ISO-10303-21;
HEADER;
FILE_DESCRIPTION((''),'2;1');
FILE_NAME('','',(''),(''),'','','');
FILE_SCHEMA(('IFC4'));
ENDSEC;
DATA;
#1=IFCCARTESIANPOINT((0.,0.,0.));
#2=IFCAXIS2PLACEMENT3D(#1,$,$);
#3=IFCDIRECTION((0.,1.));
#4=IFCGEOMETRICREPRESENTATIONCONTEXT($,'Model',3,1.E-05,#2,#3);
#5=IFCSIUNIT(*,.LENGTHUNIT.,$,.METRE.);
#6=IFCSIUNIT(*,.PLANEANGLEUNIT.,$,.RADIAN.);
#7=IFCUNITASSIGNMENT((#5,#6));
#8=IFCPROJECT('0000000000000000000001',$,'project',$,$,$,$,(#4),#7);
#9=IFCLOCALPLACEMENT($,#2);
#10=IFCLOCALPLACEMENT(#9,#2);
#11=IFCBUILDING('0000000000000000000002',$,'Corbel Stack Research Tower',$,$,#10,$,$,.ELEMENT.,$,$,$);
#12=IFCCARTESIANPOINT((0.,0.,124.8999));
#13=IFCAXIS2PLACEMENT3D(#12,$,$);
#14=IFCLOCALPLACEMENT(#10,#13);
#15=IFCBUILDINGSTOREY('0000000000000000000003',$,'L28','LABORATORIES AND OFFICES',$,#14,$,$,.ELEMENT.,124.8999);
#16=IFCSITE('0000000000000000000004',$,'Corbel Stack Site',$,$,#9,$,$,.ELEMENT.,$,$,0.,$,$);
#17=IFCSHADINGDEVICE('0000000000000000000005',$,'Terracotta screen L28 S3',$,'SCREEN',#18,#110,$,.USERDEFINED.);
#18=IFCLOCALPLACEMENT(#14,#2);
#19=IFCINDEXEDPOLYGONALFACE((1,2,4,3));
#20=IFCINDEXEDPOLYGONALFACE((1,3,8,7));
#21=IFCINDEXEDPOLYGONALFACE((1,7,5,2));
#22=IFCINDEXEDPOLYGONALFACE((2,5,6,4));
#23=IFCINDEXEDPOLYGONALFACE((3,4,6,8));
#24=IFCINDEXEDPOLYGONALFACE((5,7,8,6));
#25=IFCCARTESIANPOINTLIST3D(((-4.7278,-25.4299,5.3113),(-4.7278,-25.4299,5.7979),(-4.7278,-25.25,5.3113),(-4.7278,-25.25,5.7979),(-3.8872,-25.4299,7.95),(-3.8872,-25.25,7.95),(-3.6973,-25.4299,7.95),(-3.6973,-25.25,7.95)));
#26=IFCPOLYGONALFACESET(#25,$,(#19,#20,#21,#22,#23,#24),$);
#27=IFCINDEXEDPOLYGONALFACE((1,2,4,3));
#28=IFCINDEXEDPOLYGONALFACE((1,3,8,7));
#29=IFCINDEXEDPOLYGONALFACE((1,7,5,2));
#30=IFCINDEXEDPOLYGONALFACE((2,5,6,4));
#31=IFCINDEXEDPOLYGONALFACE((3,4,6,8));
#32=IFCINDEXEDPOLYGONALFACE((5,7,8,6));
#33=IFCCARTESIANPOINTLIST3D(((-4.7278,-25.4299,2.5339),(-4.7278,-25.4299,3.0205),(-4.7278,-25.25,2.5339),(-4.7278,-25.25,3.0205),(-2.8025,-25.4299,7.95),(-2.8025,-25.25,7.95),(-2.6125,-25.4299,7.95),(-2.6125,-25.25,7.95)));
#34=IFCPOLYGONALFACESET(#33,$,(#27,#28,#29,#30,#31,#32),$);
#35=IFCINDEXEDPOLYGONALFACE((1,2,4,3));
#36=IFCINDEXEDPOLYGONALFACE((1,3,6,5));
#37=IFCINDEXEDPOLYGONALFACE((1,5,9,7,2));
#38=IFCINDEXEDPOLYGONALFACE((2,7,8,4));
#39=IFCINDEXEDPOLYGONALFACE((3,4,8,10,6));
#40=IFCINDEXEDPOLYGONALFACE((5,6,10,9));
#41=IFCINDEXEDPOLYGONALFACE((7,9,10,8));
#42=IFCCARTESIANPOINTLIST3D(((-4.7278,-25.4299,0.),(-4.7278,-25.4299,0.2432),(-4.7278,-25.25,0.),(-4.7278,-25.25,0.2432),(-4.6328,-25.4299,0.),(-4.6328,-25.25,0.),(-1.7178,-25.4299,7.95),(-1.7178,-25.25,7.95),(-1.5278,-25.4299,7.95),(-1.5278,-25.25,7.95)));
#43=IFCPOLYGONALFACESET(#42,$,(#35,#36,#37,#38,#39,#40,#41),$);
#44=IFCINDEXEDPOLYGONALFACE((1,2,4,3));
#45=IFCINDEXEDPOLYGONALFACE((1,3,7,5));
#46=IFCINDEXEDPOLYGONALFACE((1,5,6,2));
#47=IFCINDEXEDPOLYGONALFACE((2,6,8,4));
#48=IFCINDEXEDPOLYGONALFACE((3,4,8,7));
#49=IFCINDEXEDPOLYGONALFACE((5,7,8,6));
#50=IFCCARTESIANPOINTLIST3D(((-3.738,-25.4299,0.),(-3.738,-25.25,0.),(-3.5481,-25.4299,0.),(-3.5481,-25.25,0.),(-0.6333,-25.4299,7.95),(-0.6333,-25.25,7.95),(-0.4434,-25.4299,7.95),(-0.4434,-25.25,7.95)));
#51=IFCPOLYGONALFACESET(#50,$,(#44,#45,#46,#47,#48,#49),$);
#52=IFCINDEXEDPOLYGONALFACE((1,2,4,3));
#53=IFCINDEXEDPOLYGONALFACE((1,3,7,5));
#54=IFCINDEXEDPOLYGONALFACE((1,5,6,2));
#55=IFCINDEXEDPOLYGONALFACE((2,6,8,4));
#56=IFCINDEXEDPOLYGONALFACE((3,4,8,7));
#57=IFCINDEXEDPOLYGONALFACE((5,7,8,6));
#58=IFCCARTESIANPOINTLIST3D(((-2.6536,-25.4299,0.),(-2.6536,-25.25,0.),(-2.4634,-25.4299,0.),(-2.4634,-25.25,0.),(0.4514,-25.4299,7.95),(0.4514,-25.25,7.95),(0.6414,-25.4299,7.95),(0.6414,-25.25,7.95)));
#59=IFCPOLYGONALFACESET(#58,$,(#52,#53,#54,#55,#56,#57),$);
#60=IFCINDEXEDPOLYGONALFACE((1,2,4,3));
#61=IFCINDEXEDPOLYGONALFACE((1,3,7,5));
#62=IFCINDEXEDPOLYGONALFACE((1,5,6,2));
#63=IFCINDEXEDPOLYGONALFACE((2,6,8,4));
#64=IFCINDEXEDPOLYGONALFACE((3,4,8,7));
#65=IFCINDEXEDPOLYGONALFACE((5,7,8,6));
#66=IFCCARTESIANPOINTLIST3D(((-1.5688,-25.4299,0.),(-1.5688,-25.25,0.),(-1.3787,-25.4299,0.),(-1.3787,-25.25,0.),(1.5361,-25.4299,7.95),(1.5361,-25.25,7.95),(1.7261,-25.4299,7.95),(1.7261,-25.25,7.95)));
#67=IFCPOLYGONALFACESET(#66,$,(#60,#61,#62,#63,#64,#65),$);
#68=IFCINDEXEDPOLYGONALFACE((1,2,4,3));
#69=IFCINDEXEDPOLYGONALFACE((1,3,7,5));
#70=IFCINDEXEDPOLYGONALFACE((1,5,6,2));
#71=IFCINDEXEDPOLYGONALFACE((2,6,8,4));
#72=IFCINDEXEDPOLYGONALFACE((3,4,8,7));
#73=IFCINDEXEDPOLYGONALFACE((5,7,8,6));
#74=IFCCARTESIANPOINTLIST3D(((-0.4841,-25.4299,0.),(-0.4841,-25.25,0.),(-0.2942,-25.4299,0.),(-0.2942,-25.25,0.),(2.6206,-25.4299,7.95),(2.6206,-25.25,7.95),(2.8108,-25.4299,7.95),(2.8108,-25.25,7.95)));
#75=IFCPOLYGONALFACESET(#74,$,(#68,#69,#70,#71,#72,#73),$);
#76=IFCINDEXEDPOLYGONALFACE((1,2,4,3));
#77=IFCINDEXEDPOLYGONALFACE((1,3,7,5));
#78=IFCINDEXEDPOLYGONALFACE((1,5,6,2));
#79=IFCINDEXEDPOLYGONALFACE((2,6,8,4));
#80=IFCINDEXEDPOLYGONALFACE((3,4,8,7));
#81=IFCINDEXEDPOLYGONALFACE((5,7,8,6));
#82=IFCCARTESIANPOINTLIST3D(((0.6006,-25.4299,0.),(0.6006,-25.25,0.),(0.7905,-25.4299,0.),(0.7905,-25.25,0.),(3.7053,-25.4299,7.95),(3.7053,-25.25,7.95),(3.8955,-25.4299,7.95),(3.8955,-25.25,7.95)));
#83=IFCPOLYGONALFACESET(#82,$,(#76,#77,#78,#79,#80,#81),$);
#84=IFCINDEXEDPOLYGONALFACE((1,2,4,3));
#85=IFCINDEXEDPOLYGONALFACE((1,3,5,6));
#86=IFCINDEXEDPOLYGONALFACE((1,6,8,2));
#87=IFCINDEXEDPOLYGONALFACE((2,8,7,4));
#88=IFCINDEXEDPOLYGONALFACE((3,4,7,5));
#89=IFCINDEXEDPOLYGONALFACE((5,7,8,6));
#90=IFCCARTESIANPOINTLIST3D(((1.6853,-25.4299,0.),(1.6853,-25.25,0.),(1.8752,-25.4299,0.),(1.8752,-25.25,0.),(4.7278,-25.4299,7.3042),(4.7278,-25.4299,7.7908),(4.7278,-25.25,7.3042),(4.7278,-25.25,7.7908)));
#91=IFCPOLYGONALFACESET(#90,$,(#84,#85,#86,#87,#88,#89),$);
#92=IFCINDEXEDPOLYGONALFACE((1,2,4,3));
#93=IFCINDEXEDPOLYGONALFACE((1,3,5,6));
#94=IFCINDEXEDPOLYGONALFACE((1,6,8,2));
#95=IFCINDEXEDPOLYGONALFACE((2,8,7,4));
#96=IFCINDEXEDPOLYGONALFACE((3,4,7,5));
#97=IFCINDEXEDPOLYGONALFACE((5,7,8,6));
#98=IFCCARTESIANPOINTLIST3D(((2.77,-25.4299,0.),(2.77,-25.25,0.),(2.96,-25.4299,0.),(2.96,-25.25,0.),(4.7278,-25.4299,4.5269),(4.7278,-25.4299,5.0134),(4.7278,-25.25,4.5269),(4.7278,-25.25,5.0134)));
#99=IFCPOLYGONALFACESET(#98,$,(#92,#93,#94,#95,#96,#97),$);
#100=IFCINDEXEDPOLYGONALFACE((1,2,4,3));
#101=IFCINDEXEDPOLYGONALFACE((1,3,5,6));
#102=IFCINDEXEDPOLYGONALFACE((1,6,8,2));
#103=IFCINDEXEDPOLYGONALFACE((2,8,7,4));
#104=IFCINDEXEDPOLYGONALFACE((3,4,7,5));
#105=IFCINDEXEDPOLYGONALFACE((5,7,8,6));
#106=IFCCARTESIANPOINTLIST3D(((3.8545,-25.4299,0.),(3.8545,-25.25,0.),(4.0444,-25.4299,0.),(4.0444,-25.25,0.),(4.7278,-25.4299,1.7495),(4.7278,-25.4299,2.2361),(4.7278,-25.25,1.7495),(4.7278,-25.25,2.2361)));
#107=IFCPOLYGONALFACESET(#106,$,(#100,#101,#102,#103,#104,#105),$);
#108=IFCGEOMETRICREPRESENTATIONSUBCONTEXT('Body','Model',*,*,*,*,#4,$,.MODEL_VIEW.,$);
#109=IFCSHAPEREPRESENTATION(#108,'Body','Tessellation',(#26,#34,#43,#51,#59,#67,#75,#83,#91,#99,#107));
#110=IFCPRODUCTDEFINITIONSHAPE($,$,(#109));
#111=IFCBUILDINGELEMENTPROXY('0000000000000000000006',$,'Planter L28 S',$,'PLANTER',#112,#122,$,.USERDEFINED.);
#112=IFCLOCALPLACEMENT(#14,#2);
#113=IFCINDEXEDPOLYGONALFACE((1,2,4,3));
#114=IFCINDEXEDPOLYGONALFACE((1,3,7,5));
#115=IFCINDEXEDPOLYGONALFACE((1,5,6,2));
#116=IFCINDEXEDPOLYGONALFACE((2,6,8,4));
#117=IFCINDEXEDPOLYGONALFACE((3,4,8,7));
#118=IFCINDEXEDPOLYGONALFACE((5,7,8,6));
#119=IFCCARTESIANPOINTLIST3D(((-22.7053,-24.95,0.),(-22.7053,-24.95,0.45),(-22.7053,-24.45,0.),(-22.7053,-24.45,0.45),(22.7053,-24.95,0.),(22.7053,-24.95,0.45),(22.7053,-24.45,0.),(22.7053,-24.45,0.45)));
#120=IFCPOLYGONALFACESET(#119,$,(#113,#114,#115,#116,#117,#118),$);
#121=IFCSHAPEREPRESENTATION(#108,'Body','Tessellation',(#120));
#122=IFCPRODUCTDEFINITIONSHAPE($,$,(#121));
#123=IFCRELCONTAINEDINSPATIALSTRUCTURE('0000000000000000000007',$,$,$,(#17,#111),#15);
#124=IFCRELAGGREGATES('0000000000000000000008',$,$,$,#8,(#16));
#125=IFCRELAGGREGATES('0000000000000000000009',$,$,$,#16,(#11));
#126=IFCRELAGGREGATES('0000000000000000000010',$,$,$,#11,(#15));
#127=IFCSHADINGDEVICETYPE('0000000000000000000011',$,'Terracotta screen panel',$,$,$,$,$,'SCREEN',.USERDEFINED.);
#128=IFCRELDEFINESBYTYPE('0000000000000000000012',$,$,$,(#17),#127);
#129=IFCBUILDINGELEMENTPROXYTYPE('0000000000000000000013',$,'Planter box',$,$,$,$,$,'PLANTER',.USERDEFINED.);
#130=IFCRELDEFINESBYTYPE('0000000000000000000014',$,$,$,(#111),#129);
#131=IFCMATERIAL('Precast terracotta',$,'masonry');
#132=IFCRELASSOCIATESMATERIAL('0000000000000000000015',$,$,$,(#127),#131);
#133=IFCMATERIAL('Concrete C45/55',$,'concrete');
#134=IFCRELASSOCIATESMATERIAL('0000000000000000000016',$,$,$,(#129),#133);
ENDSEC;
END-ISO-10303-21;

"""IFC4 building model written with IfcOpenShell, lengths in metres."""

from ifc_helpers import new_model, si_unit, direction, frame, origin, origin_2d, place, context, subcontext, project, spatial, polyline, rectangle, outline, extrude, source, transform, mapped, material, type_object, element, save


model = new_model("IFC4")

# Units and contexts
model_context = context("Model", 3, precision=1e-05, world=origin(), true_north=direction((0.0, 1.0)))
body_context = subcontext(model_context, "Body", "Model", "MODEL_VIEW")
ifc_project = project(units=[si_unit("LENGTHUNIT", "METRE"), si_unit("PLANEANGLEUNIT", "RADIAN")], contexts=[model_context])

# Site, building, storey
site_placement = place(None, origin())
site = spatial("IfcSite", under=ifc_project, at=site_placement, Name="Corbel Stack Site", CompositionType="ELEMENT", RefElevation=0.0)
building_placement = place(site_placement, origin())
building = spatial("IfcBuilding", under=site, at=building_placement, Name="Corbel Stack Research Tower", CompositionType="ELEMENT")
storey_placement = place(building_placement, frame((0.0, 0.0, 124.8999)))
storey = spatial("IfcBuildingStorey", under=building, at=storey_placement, Name="L28", Description="LABORATORIES AND OFFICES", CompositionType="ELEMENT", Elevation=124.8999)

# Shading device
ifc_material_1 = material(Name="Precast terracotta", Category="masonry")
shading_device_type = type_object("IfcShadingDeviceType", Name="Terracotta screen panel", ElementType="SCREEN", PredefinedType="USERDEFINED", material=ifc_material_1)
shared_shape = source(origin(), body_context, "Body", "SweptSolid", [
    extrude(outline(polyline([(1.0305, 7.95), (0.8406, 7.95), (0.0, 5.7979), (0.0, 5.3113), (1.0305, 7.95)])), frame((0.0, 0.0, 0.0), z_axis=(0.0, -1.0, 0.0), x_axis=(1.0, 0.0, 0.0)), (0.0, 0.0, 1.0), 0.1799),
    extrude(outline(polyline([(2.1152, 7.95), (1.9253, 7.95), (0.0, 3.0205), (0.0, 2.5339), (2.1152, 7.95)])), frame((0.0, 0.0, 0.0), z_axis=(0.0, -1.0, 0.0), x_axis=(1.0, 0.0, 0.0)), (0.0, 0.0, 1.0), 0.1799),
    extrude(outline(polyline([(0.095, 0.0), (3.2, 7.95), (3.01, 7.95), (0.0, 0.2432), (0.0, 0.0), (0.095, 0.0)])), frame((0.0, 0.0, 0.0), z_axis=(0.0, -1.0, 0.0), x_axis=(1.0, 0.0, 0.0)), (0.0, 0.0, 1.0), 0.1799),
    extrude(outline(polyline([(1.1797, 0.0), (4.2844, 7.95), (4.0945, 7.95), (0.9897, 0.0), (1.1797, 0.0)])), frame((0.0, 0.0, 0.0), z_axis=(0.0, -1.0, 0.0), x_axis=(1.0, 0.0, 0.0)), (0.0, 0.0, 1.0), 0.1799),
    extrude(outline(polyline([(2.2644, 0.0), (5.3691, 7.95), (5.1792, 7.95), (2.0742, 0.0), (2.2644, 0.0)])), frame((0.0, 0.0, 0.0), z_axis=(0.0, -1.0, 0.0), x_axis=(1.0, 0.0, 0.0)), (0.0, 0.0, 1.0), 0.1799),
    extrude(outline(polyline([(3.3491, 0.0), (6.4539, 7.95), (6.2639, 7.95), (3.1589, 0.0), (3.3491, 0.0)])), frame((0.0, 0.0, 0.0), z_axis=(0.0, -1.0, 0.0), x_axis=(1.0, 0.0, 0.0)), (0.0, 0.0, 1.0), 0.1799),
    extrude(outline(polyline([(4.4336, 0.0), (7.5386, 7.95), (7.3484, 7.95), (4.2437, 0.0), (4.4336, 0.0)])), frame((0.0, 0.0, 0.0), z_axis=(0.0, -1.0, 0.0), x_axis=(1.0, 0.0, 0.0)), (0.0, 0.0, 1.0), 0.1799),
    extrude(outline(polyline([(5.5183, 0.0), (8.6233, 7.95), (8.4331, 7.95), (5.3284, 0.0), (5.5183, 0.0)])), frame((0.0, 0.0, 0.0), z_axis=(0.0, -1.0, 0.0), x_axis=(1.0, 0.0, 0.0)), (0.0, 0.0, 1.0), 0.1799),
    extrude(outline(polyline([(6.603, 0.0), (9.4556, 7.3042), (9.4556, 7.7908), (6.4131, 0.0), (6.603, 0.0)])), frame((0.0, 0.0, 0.0), z_axis=(0.0, -1.0, 0.0), x_axis=(1.0, 0.0, 0.0)), (0.0, 0.0, 1.0), 0.1799),
    extrude(outline(polyline([(7.6877, 0.0), (9.4556, 4.5269), (9.4556, 5.0134), (7.4978, 0.0), (7.6877, 0.0)])), frame((0.0, 0.0, 0.0), z_axis=(0.0, -1.0, 0.0), x_axis=(1.0, 0.0, 0.0)), (0.0, 0.0, 1.0), 0.1799),
    extrude(outline(polyline([(8.7722, 0.0), (9.4556, 1.7495), (9.4556, 2.2361), (8.5823, 0.0), (8.7722, 0.0)])), frame((0.0, 0.0, 0.0), z_axis=(0.0, -1.0, 0.0), x_axis=(1.0, 0.0, 0.0)), (0.0, 0.0, 1.0), 0.1799),
])
shading_device_placement = place(storey_placement, frame((-4.7278, -25.25, 0.0), z_axis=(0.0, 0.0, 1.0), x_axis=(1.0, 0.0, 0.0)))
element("IfcShadingDevice", 1, at=shading_device_placement, inside=storey, type_object=shading_device_type, Name="Terracotta screen L28 S3", ObjectType="SCREEN", PredefinedType="USERDEFINED", context=body_context, shape_type="MappedRepresentation", body=[
    mapped(shared_shape, transform((0.0, 0.0, 0.0))),
])

# Building element proxy
ifc_material_2 = material(Name="Concrete C45/55", Category="concrete")
building_element_proxy_type = type_object("IfcBuildingElementProxyType", Name="Planter box", ElementType="PLANTER", PredefinedType="USERDEFINED", material=ifc_material_2)
proxy_placement = place(storey_placement, frame((0.0, -24.7, 0.0), z_axis=(0.0, 0.0, 1.0), x_axis=(1.0, 0.0, 0.0)))
element("IfcBuildingElementProxy", 2, at=proxy_placement, inside=storey, type_object=building_element_proxy_type, Name="Planter L28 S", ObjectType="PLANTER", PredefinedType="USERDEFINED", context=body_context, shape_type="SweptSolid", body=[
    extrude(rectangle(XDim=45.4106, YDim=0.5, at=origin_2d()), origin(), (0.0, 0.0, 1.0), 0.45),
])

save(model, "model.ifc")
